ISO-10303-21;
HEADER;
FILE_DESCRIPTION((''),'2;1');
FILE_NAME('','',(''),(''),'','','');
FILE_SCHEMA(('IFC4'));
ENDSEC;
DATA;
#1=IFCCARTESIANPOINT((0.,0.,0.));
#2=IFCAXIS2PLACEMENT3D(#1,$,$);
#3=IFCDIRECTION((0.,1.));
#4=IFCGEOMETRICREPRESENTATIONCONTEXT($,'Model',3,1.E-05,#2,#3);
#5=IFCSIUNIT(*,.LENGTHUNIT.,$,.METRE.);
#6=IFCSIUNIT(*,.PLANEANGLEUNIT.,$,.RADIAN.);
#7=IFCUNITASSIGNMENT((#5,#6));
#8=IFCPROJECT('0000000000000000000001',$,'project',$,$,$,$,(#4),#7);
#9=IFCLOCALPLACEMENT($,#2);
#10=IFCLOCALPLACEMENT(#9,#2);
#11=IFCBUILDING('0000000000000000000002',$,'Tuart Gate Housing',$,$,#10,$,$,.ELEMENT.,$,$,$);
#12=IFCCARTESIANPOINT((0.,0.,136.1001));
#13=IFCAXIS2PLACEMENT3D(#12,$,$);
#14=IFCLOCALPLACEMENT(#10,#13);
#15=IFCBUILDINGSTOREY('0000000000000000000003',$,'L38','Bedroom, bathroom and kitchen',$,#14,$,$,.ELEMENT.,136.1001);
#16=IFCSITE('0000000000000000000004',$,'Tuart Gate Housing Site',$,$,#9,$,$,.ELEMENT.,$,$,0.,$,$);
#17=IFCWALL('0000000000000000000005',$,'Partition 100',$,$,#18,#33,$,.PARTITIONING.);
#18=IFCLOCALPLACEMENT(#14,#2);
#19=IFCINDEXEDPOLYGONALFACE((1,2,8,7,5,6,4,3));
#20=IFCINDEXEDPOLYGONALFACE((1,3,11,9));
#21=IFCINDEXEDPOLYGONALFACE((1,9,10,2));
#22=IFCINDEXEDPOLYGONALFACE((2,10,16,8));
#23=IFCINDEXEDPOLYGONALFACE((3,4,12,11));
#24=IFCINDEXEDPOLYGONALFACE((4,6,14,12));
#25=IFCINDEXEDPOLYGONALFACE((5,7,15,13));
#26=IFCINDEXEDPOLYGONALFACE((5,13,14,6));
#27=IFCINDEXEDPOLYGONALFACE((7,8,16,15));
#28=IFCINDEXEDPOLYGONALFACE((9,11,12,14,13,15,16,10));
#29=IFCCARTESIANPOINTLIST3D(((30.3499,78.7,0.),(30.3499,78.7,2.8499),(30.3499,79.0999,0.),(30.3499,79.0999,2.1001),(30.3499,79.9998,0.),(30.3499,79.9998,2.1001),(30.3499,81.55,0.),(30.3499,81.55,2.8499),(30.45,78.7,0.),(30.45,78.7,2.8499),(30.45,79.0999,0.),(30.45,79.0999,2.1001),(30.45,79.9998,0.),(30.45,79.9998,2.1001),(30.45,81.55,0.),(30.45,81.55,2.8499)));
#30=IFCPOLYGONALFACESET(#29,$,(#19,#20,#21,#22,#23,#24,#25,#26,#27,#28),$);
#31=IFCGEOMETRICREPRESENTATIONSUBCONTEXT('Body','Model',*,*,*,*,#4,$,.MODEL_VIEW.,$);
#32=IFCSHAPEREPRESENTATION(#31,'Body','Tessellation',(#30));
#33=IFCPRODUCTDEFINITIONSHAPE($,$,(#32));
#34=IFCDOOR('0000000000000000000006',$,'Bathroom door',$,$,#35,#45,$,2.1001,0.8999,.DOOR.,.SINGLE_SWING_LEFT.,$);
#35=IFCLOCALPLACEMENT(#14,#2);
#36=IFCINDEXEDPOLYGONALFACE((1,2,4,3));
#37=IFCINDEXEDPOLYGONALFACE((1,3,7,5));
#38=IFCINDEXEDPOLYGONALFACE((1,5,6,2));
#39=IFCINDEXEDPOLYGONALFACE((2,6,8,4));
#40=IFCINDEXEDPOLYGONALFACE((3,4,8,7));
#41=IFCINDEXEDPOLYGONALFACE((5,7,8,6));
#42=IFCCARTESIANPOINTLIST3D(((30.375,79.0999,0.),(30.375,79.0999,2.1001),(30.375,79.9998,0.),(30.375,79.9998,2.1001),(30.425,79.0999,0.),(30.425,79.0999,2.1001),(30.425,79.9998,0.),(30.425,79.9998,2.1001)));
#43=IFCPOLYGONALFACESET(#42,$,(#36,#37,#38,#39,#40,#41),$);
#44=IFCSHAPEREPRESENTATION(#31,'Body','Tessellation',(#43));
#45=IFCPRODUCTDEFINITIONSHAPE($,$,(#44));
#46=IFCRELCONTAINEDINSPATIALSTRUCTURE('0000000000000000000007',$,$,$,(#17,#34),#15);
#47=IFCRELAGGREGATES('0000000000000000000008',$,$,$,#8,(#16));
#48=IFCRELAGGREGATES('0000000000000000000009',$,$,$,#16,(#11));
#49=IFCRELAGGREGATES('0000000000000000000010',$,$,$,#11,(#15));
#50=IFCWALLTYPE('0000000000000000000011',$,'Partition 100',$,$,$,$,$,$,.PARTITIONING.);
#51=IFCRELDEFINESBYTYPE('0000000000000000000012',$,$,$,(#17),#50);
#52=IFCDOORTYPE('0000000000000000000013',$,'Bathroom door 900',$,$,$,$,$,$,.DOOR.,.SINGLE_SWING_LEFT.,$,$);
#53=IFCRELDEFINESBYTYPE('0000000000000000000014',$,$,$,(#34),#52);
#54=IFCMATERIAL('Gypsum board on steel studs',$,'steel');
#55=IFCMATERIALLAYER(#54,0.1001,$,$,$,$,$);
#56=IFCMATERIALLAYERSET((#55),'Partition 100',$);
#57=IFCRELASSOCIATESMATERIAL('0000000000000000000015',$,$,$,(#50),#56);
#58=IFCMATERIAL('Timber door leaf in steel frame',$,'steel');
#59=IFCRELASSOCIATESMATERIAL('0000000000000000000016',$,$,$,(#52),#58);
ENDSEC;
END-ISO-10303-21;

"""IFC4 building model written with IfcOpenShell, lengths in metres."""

from ifc_helpers import new_model, si_unit, direction, frame, frame_2d, origin, place, context, subcontext, project, spatial, rectangle, extrude, material, layer, layer_set, type_object, element, fill, save


model = new_model("IFC4")

# Units and contexts
model_context = context("Model", 3, precision=1e-05, world=origin(), true_north=direction((0.0, 1.0)))
body_context = subcontext(model_context, "Body", "Model", "MODEL_VIEW")
ifc_project = project(units=[si_unit("LENGTHUNIT", "METRE"), si_unit("PLANEANGLEUNIT", "RADIAN")], contexts=[model_context])

# Site, building, storey
site_placement = place(None, origin())
site = spatial("IfcSite", under=ifc_project, at=site_placement, Name="Tuart Gate Housing Site", CompositionType="ELEMENT", RefElevation=0.0)
building_placement = place(site_placement, origin())
building = spatial("IfcBuilding", under=site, at=building_placement, Name="Tuart Gate Housing", CompositionType="ELEMENT")
storey_placement = place(building_placement, frame((0.0, 0.0, 136.1001)))
storey = spatial("IfcBuildingStorey", under=building, at=storey_placement, Name="L38", Description="Bedroom, bathroom and kitchen", CompositionType="ELEMENT", Elevation=136.1001)

# Shared definitions
ifc_material_1 = material(Name="Gypsum board on steel studs", Category="steel")
ifc_layer_1 = layer(ifc_material_1, 0.1001)
ifc_layer_set_1 = layer_set([ifc_layer_1], Name="Partition 100")
wall_type_1 = type_object("IfcWallType", Name="Partition 100", PredefinedType="PARTITIONING", material=ifc_layer_set_1)

# Wall, opening, door
wall_1_placement = place(storey_placement, frame((30.3999, 78.7, 0.0), z_axis=(0.0, 0.0, 1.0), x_axis=(0.0, 1.0, 0.0)))
wall_1 = element("IfcWall", 1, at=wall_1_placement, inside=storey, type_object=wall_type_1, Name="Partition 100", PredefinedType="PARTITIONING", context=body_context, shape_type="SweptSolid", body=[
    extrude(rectangle(XDim=2.8501, YDim=0.1001, at=frame_2d((1.425, 0.0))), origin(), (0.0, 0.0, 1.0), 2.8499),
])
opening_1_placement = place(wall_1_placement, frame((0.3999, 0.0, 0.0)))
opening_1 = element("IfcOpeningElement", 2, at=opening_1_placement, cuts=wall_1, PredefinedType="OPENING", context=body_context, shape_type="SweptSolid", body=[
    extrude(rectangle(XDim=0.8999, YDim=2.1001, at=frame_2d((0.45, 1.05))), frame((0.0, 0.0601, 0.0), z_axis=(0.0, -1.0, 0.0), x_axis=(1.0, 0.0, 0.0)), (0.0, 0.0, 1.0), 0.1201),
])
ifc_material_2 = material(Name="Timber door leaf in steel frame", Category="steel")
door_type_1 = type_object("IfcDoorType", Name="Bathroom door 900", OperationType="SINGLE_SWING_LEFT", PredefinedType="DOOR", material=ifc_material_2)
door_1_placement = place(opening_1_placement, origin())
door_1 = element("IfcDoor", 3, at=door_1_placement, inside=storey, type_object=door_type_1, Name="Bathroom door", OperationType="SINGLE_SWING_LEFT", OverallHeight=2.1001, OverallWidth=0.8999, PredefinedType="DOOR", context=body_context, shape_type="SweptSolid", body=[
    extrude(rectangle(XDim=0.8999, YDim=2.1001, at=frame_2d((0.45, 1.05))), frame((0.0, 0.0249, 0.0), z_axis=(0.0, -1.0, 0.0), x_axis=(1.0, 0.0, 0.0)), (0.0, 0.0, 1.0), 0.05),
])
fill(opening_1, door_1)

save(model, "model.ifc")
